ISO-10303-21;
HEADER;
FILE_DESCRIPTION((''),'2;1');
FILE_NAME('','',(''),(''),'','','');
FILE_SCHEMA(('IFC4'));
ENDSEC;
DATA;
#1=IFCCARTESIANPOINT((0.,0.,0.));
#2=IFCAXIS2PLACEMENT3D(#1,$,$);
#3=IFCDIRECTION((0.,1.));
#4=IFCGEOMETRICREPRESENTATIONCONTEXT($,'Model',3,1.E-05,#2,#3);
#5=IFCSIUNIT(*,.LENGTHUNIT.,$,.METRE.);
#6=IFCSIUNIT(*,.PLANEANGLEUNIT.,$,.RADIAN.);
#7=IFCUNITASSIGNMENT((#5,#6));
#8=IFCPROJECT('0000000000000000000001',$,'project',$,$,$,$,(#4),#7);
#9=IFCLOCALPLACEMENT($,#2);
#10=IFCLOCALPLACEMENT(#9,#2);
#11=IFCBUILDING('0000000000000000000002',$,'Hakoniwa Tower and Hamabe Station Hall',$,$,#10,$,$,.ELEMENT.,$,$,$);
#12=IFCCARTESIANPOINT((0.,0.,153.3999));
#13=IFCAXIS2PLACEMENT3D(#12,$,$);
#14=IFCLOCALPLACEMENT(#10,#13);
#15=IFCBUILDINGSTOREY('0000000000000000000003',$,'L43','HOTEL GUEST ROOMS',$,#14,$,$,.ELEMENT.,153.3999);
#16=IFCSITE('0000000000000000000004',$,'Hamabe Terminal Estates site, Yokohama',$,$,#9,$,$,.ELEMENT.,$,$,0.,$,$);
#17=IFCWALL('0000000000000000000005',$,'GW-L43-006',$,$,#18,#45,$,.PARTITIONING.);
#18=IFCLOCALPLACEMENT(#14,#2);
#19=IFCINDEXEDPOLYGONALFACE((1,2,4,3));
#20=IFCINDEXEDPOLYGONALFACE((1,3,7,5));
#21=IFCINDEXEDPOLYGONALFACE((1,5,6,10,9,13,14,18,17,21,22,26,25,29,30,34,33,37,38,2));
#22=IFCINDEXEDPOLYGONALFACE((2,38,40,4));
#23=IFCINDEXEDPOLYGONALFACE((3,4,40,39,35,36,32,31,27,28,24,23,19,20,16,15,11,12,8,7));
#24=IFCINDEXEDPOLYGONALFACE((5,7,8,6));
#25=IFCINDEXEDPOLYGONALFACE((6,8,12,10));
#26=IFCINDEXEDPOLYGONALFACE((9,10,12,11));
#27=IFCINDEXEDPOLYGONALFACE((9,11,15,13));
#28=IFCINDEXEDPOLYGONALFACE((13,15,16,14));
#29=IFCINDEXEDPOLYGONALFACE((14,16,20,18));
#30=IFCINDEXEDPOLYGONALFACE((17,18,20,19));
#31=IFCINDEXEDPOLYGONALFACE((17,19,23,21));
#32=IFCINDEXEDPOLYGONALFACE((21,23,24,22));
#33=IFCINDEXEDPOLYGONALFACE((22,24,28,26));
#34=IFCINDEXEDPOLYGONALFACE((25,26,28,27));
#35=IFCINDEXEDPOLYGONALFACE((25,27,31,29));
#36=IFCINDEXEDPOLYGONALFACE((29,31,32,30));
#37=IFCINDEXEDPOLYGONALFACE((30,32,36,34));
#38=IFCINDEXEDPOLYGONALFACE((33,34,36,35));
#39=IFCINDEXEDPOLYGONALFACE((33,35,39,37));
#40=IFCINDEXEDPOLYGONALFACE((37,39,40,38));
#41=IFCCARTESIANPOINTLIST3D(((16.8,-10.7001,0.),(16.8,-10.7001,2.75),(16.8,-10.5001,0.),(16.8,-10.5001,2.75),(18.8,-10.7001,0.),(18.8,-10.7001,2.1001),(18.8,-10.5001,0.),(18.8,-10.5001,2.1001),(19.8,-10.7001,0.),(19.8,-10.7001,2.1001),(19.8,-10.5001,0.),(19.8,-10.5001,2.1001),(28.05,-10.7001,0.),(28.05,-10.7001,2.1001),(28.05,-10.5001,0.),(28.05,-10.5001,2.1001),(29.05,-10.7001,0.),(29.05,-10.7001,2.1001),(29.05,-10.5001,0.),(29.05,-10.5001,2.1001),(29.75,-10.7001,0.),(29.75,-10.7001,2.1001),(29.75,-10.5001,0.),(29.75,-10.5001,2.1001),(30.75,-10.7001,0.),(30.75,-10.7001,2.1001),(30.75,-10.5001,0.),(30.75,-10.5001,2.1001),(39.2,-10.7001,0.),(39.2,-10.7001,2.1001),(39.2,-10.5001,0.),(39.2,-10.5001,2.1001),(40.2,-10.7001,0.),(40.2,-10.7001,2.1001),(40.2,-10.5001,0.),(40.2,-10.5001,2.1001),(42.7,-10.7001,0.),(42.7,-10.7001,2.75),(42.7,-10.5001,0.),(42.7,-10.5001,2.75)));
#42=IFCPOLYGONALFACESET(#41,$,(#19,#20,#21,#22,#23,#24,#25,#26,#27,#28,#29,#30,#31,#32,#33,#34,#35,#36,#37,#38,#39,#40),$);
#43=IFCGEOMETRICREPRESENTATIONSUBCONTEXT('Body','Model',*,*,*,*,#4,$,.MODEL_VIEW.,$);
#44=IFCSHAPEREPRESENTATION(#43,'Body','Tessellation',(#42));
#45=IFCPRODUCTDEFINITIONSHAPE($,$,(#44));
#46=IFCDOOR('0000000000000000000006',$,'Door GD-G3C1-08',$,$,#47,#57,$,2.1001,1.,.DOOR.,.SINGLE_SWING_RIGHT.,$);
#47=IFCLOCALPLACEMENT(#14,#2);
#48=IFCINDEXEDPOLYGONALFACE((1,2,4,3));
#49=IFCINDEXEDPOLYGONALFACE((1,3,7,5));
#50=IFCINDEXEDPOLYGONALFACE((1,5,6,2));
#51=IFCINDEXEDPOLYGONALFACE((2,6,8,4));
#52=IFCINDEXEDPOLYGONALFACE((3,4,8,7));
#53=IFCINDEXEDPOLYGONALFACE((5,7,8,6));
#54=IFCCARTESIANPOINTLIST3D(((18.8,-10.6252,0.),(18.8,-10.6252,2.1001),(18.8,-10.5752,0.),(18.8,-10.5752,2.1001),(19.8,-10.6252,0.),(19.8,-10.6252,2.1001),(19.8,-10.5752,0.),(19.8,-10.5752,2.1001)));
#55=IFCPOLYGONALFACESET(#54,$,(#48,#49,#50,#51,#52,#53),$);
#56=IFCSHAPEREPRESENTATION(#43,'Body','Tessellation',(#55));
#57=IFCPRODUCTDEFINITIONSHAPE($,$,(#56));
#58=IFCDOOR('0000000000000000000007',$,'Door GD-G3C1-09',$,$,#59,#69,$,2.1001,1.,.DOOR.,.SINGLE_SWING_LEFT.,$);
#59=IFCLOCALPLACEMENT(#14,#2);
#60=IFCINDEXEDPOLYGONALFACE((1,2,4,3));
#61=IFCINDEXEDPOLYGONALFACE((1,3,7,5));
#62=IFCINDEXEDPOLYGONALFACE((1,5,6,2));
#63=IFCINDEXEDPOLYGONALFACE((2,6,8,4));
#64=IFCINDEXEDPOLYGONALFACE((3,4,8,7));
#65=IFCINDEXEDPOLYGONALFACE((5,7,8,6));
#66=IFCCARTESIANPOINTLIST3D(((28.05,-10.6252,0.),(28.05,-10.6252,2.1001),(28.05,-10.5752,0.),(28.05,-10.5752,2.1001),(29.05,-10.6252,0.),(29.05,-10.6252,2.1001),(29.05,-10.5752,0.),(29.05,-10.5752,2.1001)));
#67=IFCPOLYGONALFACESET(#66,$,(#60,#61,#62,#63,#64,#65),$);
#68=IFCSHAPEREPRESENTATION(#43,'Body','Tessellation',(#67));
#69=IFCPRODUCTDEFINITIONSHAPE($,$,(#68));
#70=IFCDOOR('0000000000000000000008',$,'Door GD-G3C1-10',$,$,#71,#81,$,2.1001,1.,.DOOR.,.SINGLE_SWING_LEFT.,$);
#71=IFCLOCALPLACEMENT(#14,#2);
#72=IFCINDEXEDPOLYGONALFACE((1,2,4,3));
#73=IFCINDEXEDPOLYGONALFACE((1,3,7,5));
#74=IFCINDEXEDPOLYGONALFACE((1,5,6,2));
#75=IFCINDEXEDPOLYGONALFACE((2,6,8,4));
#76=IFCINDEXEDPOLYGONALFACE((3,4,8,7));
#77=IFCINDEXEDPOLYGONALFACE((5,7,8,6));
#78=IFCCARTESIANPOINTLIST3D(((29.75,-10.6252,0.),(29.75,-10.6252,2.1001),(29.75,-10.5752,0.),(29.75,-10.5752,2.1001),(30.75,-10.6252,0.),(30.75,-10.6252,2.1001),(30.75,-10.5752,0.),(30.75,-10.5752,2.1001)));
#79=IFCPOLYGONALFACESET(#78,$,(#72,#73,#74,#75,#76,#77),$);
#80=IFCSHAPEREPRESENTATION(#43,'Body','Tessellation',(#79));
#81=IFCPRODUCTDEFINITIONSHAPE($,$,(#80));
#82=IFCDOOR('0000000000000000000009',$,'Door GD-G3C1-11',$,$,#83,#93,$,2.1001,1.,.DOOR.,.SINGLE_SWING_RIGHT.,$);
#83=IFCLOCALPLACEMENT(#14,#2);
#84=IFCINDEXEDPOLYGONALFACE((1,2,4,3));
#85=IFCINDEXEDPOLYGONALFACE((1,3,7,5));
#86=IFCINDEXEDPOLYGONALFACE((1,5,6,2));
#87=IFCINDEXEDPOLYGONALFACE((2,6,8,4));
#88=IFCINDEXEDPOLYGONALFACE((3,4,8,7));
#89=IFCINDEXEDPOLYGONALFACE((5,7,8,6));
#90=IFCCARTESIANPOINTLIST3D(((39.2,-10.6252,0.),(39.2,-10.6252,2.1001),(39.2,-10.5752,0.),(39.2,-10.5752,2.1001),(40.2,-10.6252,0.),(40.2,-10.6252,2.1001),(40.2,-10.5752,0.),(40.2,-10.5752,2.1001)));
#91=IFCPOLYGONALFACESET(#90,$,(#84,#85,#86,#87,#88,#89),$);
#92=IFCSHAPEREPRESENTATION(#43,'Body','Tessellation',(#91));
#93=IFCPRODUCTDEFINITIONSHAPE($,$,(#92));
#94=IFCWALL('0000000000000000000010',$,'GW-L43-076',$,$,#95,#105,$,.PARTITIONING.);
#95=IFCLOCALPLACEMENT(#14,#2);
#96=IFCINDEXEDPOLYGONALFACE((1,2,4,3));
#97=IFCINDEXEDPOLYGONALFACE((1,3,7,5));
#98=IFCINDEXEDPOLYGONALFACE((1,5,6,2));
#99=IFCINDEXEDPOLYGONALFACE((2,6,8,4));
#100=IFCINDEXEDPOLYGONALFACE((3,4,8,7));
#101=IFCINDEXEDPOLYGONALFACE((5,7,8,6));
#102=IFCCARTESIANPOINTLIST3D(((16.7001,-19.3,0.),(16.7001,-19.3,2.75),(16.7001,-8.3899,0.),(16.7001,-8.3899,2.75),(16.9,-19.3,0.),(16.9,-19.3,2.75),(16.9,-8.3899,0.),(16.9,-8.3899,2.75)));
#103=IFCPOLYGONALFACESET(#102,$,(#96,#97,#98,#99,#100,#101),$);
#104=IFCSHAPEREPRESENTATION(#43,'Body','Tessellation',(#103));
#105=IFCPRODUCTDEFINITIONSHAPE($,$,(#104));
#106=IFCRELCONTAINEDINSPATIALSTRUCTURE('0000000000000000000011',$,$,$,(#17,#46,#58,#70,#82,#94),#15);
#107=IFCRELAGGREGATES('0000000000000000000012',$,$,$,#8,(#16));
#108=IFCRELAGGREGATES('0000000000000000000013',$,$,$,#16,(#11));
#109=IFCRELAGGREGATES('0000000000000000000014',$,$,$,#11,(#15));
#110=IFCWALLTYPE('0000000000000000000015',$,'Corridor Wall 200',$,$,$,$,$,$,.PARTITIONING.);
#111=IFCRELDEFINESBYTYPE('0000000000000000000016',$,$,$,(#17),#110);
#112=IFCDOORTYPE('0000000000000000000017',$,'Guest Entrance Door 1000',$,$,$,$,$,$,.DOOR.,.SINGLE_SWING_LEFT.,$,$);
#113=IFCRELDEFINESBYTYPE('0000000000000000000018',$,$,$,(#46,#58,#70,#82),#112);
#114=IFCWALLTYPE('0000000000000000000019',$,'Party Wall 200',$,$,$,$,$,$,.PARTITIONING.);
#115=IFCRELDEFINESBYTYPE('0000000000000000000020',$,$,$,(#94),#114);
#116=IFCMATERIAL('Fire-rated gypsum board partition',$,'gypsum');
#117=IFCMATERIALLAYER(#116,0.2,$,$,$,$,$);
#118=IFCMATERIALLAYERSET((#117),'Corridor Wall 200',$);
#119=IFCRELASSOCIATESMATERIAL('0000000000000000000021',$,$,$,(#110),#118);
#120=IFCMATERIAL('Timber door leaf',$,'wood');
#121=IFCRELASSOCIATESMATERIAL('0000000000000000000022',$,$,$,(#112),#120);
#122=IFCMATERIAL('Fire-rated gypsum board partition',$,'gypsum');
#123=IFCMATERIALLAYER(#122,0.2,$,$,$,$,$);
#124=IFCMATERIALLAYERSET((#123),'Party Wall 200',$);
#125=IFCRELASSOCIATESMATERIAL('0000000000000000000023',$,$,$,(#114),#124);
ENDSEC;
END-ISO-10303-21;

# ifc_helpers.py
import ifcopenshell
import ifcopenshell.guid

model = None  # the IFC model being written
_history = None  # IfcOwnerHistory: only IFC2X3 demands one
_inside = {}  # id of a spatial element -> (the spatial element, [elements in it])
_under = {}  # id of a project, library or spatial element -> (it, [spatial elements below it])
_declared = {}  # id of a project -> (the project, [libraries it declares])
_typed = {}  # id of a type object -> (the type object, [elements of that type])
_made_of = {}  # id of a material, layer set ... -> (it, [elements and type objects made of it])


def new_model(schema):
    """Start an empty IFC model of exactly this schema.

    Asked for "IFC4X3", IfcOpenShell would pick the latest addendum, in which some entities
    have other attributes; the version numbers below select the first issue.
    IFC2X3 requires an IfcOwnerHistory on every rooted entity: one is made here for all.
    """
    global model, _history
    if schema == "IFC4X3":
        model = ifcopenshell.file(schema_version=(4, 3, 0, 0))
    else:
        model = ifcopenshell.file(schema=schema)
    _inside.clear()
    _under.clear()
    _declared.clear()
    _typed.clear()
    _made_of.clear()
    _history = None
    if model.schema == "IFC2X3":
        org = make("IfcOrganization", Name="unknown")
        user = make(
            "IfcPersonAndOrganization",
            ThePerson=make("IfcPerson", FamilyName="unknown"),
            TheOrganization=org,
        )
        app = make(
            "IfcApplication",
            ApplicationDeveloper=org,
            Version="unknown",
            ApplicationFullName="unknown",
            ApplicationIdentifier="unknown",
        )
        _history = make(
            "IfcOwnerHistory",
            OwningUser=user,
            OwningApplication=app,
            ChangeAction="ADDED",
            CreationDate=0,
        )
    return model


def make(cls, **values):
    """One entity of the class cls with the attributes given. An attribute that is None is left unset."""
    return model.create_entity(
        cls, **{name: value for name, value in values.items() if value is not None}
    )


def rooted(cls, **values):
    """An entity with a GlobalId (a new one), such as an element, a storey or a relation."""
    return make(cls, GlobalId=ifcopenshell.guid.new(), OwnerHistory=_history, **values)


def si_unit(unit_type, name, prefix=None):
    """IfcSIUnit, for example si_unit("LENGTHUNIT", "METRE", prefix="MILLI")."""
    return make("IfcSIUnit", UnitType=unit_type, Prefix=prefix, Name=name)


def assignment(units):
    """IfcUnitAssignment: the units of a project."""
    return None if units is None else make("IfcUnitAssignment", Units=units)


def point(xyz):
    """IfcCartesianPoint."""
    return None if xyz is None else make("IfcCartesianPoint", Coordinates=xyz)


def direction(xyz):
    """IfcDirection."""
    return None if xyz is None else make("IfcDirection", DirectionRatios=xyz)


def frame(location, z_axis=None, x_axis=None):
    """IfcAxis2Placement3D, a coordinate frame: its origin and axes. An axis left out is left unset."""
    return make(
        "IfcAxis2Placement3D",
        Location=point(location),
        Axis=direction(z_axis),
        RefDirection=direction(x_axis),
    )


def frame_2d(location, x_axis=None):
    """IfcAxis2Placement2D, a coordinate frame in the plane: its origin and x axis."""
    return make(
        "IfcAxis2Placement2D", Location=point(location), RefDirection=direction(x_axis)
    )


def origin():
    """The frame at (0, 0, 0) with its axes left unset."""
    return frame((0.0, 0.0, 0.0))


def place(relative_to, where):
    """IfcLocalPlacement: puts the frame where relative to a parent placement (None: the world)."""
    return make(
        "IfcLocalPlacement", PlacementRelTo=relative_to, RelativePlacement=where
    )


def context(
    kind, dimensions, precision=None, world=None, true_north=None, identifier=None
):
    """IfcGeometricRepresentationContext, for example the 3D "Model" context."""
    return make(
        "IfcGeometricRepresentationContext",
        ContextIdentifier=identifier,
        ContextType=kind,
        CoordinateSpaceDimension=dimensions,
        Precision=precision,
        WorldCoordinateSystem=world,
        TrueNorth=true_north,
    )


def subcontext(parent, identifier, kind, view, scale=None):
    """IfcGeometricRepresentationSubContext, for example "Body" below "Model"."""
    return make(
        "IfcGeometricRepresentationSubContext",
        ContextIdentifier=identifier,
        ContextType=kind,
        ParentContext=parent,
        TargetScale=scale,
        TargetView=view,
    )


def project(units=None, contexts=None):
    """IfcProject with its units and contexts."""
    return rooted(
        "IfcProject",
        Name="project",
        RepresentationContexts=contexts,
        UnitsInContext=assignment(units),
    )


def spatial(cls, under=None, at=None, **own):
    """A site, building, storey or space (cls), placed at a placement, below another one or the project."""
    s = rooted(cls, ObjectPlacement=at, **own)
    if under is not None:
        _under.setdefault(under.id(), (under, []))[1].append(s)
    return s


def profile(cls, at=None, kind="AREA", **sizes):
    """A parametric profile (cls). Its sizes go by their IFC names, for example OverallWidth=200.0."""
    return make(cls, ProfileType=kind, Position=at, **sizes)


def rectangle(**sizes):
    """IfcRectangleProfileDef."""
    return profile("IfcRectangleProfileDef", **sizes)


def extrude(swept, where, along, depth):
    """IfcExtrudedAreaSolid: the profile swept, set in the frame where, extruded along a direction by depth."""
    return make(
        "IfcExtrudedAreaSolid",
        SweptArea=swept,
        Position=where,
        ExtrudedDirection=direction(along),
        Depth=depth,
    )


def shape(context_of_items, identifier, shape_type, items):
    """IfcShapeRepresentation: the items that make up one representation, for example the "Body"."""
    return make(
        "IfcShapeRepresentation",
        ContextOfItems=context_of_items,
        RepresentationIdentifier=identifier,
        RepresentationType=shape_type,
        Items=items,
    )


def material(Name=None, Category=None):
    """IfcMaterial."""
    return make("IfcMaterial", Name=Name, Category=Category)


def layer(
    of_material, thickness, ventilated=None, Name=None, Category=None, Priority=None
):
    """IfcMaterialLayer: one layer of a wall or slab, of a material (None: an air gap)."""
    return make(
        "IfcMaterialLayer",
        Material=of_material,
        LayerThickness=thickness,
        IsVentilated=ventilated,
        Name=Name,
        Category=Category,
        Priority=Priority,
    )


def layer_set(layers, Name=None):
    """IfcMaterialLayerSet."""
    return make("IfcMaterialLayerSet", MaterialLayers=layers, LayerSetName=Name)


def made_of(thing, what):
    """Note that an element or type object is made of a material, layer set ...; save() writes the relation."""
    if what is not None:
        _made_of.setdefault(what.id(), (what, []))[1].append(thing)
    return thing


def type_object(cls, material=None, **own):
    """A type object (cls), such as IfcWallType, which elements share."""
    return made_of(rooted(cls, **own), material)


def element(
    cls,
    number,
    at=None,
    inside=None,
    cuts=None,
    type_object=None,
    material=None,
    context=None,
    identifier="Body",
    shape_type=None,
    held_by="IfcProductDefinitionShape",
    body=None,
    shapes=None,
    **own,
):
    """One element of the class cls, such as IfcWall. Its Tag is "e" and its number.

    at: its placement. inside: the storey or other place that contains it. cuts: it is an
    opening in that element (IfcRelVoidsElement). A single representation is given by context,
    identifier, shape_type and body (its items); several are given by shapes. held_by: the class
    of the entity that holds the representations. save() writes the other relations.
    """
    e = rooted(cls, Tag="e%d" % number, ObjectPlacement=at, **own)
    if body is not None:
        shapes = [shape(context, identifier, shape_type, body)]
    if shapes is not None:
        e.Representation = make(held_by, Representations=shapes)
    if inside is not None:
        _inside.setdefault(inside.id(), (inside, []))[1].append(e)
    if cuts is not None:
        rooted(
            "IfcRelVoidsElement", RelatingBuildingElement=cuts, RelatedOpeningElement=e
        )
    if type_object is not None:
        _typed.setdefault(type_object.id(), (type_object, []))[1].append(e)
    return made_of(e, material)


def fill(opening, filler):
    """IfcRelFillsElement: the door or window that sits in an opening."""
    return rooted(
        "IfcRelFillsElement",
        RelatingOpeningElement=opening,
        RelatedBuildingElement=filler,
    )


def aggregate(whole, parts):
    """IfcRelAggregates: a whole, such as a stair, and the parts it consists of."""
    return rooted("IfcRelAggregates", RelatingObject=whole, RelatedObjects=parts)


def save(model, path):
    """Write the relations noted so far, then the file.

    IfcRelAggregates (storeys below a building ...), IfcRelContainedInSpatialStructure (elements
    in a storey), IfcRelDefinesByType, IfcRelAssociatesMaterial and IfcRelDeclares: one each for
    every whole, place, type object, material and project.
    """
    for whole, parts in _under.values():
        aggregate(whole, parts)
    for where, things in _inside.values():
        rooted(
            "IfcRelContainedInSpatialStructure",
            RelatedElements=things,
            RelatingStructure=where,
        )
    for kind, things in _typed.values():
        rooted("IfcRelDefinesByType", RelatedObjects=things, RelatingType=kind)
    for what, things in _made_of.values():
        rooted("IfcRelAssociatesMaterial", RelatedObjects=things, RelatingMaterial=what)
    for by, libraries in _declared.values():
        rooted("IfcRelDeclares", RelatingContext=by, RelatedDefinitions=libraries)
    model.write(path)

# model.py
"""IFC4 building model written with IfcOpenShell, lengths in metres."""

from ifc_helpers import new_model, si_unit, direction, frame, frame_2d, origin, place, context, subcontext, project, spatial, rectangle, extrude, material, layer, layer_set, type_object, element, fill, save


model = new_model("IFC4")

# Units and contexts
model_context = context("Model", 3, precision=1e-05, world=origin(), true_north=direction((0.0, 1.0)))
body_context = subcontext(model_context, "Body", "Model", "MODEL_VIEW")
ifc_project = project(units=[si_unit("LENGTHUNIT", "METRE"), si_unit("PLANEANGLEUNIT", "RADIAN")], contexts=[model_context])

# Site, building, storey
site_placement = place(None, origin())
site = spatial("IfcSite", under=ifc_project, at=site_placement, Name="Hamabe Terminal Estates site, Yokohama", CompositionType="ELEMENT", RefElevation=0.0)
building_placement = place(site_placement, origin())
building = spatial("IfcBuilding", under=site, at=building_placement, Name="Hakoniwa Tower and Hamabe Station Hall", CompositionType="ELEMENT")
storey_placement = place(building_placement, frame((0.0, 0.0, 153.3999)))
storey = spatial("IfcBuildingStorey", under=building, at=storey_placement, Name="L43", Description="HOTEL GUEST ROOMS", CompositionType="ELEMENT", Elevation=153.3999)

# Wall, openings, doors
ifc_material_1 = material(Name="Fire-rated gypsum board partition", Category="gypsum")
ifc_layer_1 = layer(ifc_material_1, 0.2)
ifc_layer_set_1 = layer_set([ifc_layer_1], Name="Corridor Wall 200")
wall_type_1 = type_object("IfcWallType", Name="Corridor Wall 200", PredefinedType="PARTITIONING", material=ifc_layer_set_1)
wall_1_placement = place(storey_placement, frame((16.8, -10.6001, 0.0), z_axis=(0.0, 0.0, 1.0), x_axis=(1.0, 0.0, 0.0)))
wall_1 = element("IfcWall", 1, at=wall_1_placement, inside=storey, type_object=wall_type_1, Name="GW-L43-006", PredefinedType="PARTITIONING", context=body_context, shape_type="SweptSolid", body=[
    extrude(rectangle(XDim=25.8999, YDim=0.2, at=frame_2d((12.95, 0.0))), origin(), (0.0, 0.0, 1.0), 2.75),
])
opening_1_placement = place(wall_1_placement, frame((2.0, 0.0, 0.0)))
opening_1 = element("IfcOpeningElement", 2, at=opening_1_placement, cuts=wall_1, PredefinedType="OPENING", context=body_context, shape_type="SweptSolid", body=[
    extrude(rectangle(XDim=1.0, YDim=2.1001, at=frame_2d((0.5, 1.05))), frame((0.0, 0.1099, 0.0), z_axis=(0.0, -1.0, 0.0), x_axis=(1.0, 0.0, 0.0)), (0.0, 0.0, 1.0), 0.22),
])
opening_2_placement = place(wall_1_placement, frame((11.25, 0.0, 0.0)))
opening_2 = element("IfcOpeningElement", 3, at=opening_2_placement, cuts=wall_1, PredefinedType="OPENING", context=body_context, shape_type="SweptSolid", body=[
    extrude(rectangle(XDim=1.0, YDim=2.1001, at=frame_2d((0.5, 1.05))), frame((0.0, 0.1099, 0.0), z_axis=(0.0, -1.0, 0.0), x_axis=(1.0, 0.0, 0.0)), (0.0, 0.0, 1.0), 0.22),
])
opening_3_placement = place(wall_1_placement, frame((12.95, 0.0, 0.0)))
opening_3 = element("IfcOpeningElement", 4, at=opening_3_placement, cuts=wall_1, PredefinedType="OPENING", context=body_context, shape_type="SweptSolid", body=[
    extrude(rectangle(XDim=1.0, YDim=2.1001, at=frame_2d((0.5, 1.05))), frame((0.0, 0.1099, 0.0), z_axis=(0.0, -1.0, 0.0), x_axis=(1.0, 0.0, 0.0)), (0.0, 0.0, 1.0), 0.22),
])
opening_4_placement = place(wall_1_placement, frame((22.3999, 0.0, 0.0)))
opening_4 = element("IfcOpeningElement", 5, at=opening_4_placement, cuts=wall_1, PredefinedType="OPENING", context=body_context, shape_type="SweptSolid", body=[
    extrude(rectangle(XDim=1.0, YDim=2.1001, at=frame_2d((0.5, 1.05))), frame((0.0, 0.1099, 0.0), z_axis=(0.0, -1.0, 0.0), x_axis=(1.0, 0.0, 0.0)), (0.0, 0.0, 1.0), 0.22),
])
ifc_material_2 = material(Name="Timber door leaf", Category="wood")
door_type_1 = type_object("IfcDoorType", Name="Guest Entrance Door 1000", OperationType="SINGLE_SWING_LEFT", PredefinedType="DOOR", material=ifc_material_2)
door_1_placement = place(opening_1_placement, origin())
door_1 = element("IfcDoor", 6, at=door_1_placement, inside=storey, type_object=door_type_1, Name="Door GD-G3C1-08", OperationType="SINGLE_SWING_RIGHT", OverallHeight=2.1001, OverallWidth=1.0, PredefinedType="DOOR", context=body_context, shape_type="SweptSolid", body=[
    extrude(rectangle(XDim=1.0, YDim=2.1001, at=frame_2d((0.5, 1.05))), frame((0.0, 0.0249, 0.0), z_axis=(0.0, -1.0, 0.0), x_axis=(1.0, 0.0, 0.0)), (0.0, 0.0, 1.0), 0.05),
])
fill(opening_1, door_1)
door_2_placement = place(opening_2_placement, origin())
door_2 = element("IfcDoor", 7, at=door_2_placement, inside=storey, type_object=door_type_1, Name="Door GD-G3C1-09", OperationType="SINGLE_SWING_LEFT", OverallHeight=2.1001, OverallWidth=1.0, PredefinedType="DOOR", context=body_context, shape_type="SweptSolid", body=[
    extrude(rectangle(XDim=1.0, YDim=2.1001, at=frame_2d((0.5, 1.05))), frame((0.0, 0.0249, 0.0), z_axis=(0.0, -1.0, 0.0), x_axis=(1.0, 0.0, 0.0)), (0.0, 0.0, 1.0), 0.05),
])
fill(opening_2, door_2)
door_3_placement = place(opening_3_placement, origin())
door_3 = element("IfcDoor", 8, at=door_3_placement, inside=storey, type_object=door_type_1, Name="Door GD-G3C1-10", OperationType="SINGLE_SWING_LEFT", OverallHeight=2.1001, OverallWidth=1.0, PredefinedType="DOOR", context=body_context, shape_type="SweptSolid", body=[
    extrude(rectangle(XDim=1.0, YDim=2.1001, at=frame_2d((0.5, 1.05))), frame((0.0, 0.0249, 0.0), z_axis=(0.0, -1.0, 0.0), x_axis=(1.0, 0.0, 0.0)), (0.0, 0.0, 1.0), 0.05),
])
fill(opening_3, door_3)
door_4_placement = place(opening_4_placement, origin())
door_4 = element("IfcDoor", 9, at=door_4_placement, inside=storey, type_object=door_type_1, Name="Door GD-G3C1-11", OperationType="SINGLE_SWING_RIGHT", OverallHeight=2.1001, OverallWidth=1.0, PredefinedType="DOOR", context=body_context, shape_type="SweptSolid", body=[
    extrude(rectangle(XDim=1.0, YDim=2.1001, at=frame_2d((0.5, 1.05))), frame((0.0, 0.0249, 0.0), z_axis=(0.0, -1.0, 0.0), x_axis=(1.0, 0.0, 0.0)), (0.0, 0.0, 1.0), 0.05),
])
fill(opening_4, door_4)

# Wall
ifc_material_3 = material(Name="Fire-rated gypsum board partition", Category="gypsum")
ifc_layer_2 = layer(ifc_material_3, 0.2)
ifc_layer_set_2 = layer_set([ifc_layer_2], Name="Party Wall 200")
wall_type_2 = type_object("IfcWallType", Name="Party Wall 200", PredefinedType="PARTITIONING", material=ifc_layer_set_2)
wall_2_placement = place(storey_placement, frame((16.8, -19.3, 0.0), z_axis=(0.0, 0.0, 1.0), x_axis=(0.0, 1.0, 0.0)))
element("IfcWall", 10, at=wall_2_placement, inside=storey, type_object=wall_type_2, Name="GW-L43-076", PredefinedType="PARTITIONING", context=body_context, shape_type="SweptSolid", body=[
    extrude(rectangle(XDim=10.9102, YDim=0.2, at=frame_2d((5.4551, 0.0))), origin(), (0.0, 0.0, 1.0), 2.75),
])

save(model, "model.ifc")
